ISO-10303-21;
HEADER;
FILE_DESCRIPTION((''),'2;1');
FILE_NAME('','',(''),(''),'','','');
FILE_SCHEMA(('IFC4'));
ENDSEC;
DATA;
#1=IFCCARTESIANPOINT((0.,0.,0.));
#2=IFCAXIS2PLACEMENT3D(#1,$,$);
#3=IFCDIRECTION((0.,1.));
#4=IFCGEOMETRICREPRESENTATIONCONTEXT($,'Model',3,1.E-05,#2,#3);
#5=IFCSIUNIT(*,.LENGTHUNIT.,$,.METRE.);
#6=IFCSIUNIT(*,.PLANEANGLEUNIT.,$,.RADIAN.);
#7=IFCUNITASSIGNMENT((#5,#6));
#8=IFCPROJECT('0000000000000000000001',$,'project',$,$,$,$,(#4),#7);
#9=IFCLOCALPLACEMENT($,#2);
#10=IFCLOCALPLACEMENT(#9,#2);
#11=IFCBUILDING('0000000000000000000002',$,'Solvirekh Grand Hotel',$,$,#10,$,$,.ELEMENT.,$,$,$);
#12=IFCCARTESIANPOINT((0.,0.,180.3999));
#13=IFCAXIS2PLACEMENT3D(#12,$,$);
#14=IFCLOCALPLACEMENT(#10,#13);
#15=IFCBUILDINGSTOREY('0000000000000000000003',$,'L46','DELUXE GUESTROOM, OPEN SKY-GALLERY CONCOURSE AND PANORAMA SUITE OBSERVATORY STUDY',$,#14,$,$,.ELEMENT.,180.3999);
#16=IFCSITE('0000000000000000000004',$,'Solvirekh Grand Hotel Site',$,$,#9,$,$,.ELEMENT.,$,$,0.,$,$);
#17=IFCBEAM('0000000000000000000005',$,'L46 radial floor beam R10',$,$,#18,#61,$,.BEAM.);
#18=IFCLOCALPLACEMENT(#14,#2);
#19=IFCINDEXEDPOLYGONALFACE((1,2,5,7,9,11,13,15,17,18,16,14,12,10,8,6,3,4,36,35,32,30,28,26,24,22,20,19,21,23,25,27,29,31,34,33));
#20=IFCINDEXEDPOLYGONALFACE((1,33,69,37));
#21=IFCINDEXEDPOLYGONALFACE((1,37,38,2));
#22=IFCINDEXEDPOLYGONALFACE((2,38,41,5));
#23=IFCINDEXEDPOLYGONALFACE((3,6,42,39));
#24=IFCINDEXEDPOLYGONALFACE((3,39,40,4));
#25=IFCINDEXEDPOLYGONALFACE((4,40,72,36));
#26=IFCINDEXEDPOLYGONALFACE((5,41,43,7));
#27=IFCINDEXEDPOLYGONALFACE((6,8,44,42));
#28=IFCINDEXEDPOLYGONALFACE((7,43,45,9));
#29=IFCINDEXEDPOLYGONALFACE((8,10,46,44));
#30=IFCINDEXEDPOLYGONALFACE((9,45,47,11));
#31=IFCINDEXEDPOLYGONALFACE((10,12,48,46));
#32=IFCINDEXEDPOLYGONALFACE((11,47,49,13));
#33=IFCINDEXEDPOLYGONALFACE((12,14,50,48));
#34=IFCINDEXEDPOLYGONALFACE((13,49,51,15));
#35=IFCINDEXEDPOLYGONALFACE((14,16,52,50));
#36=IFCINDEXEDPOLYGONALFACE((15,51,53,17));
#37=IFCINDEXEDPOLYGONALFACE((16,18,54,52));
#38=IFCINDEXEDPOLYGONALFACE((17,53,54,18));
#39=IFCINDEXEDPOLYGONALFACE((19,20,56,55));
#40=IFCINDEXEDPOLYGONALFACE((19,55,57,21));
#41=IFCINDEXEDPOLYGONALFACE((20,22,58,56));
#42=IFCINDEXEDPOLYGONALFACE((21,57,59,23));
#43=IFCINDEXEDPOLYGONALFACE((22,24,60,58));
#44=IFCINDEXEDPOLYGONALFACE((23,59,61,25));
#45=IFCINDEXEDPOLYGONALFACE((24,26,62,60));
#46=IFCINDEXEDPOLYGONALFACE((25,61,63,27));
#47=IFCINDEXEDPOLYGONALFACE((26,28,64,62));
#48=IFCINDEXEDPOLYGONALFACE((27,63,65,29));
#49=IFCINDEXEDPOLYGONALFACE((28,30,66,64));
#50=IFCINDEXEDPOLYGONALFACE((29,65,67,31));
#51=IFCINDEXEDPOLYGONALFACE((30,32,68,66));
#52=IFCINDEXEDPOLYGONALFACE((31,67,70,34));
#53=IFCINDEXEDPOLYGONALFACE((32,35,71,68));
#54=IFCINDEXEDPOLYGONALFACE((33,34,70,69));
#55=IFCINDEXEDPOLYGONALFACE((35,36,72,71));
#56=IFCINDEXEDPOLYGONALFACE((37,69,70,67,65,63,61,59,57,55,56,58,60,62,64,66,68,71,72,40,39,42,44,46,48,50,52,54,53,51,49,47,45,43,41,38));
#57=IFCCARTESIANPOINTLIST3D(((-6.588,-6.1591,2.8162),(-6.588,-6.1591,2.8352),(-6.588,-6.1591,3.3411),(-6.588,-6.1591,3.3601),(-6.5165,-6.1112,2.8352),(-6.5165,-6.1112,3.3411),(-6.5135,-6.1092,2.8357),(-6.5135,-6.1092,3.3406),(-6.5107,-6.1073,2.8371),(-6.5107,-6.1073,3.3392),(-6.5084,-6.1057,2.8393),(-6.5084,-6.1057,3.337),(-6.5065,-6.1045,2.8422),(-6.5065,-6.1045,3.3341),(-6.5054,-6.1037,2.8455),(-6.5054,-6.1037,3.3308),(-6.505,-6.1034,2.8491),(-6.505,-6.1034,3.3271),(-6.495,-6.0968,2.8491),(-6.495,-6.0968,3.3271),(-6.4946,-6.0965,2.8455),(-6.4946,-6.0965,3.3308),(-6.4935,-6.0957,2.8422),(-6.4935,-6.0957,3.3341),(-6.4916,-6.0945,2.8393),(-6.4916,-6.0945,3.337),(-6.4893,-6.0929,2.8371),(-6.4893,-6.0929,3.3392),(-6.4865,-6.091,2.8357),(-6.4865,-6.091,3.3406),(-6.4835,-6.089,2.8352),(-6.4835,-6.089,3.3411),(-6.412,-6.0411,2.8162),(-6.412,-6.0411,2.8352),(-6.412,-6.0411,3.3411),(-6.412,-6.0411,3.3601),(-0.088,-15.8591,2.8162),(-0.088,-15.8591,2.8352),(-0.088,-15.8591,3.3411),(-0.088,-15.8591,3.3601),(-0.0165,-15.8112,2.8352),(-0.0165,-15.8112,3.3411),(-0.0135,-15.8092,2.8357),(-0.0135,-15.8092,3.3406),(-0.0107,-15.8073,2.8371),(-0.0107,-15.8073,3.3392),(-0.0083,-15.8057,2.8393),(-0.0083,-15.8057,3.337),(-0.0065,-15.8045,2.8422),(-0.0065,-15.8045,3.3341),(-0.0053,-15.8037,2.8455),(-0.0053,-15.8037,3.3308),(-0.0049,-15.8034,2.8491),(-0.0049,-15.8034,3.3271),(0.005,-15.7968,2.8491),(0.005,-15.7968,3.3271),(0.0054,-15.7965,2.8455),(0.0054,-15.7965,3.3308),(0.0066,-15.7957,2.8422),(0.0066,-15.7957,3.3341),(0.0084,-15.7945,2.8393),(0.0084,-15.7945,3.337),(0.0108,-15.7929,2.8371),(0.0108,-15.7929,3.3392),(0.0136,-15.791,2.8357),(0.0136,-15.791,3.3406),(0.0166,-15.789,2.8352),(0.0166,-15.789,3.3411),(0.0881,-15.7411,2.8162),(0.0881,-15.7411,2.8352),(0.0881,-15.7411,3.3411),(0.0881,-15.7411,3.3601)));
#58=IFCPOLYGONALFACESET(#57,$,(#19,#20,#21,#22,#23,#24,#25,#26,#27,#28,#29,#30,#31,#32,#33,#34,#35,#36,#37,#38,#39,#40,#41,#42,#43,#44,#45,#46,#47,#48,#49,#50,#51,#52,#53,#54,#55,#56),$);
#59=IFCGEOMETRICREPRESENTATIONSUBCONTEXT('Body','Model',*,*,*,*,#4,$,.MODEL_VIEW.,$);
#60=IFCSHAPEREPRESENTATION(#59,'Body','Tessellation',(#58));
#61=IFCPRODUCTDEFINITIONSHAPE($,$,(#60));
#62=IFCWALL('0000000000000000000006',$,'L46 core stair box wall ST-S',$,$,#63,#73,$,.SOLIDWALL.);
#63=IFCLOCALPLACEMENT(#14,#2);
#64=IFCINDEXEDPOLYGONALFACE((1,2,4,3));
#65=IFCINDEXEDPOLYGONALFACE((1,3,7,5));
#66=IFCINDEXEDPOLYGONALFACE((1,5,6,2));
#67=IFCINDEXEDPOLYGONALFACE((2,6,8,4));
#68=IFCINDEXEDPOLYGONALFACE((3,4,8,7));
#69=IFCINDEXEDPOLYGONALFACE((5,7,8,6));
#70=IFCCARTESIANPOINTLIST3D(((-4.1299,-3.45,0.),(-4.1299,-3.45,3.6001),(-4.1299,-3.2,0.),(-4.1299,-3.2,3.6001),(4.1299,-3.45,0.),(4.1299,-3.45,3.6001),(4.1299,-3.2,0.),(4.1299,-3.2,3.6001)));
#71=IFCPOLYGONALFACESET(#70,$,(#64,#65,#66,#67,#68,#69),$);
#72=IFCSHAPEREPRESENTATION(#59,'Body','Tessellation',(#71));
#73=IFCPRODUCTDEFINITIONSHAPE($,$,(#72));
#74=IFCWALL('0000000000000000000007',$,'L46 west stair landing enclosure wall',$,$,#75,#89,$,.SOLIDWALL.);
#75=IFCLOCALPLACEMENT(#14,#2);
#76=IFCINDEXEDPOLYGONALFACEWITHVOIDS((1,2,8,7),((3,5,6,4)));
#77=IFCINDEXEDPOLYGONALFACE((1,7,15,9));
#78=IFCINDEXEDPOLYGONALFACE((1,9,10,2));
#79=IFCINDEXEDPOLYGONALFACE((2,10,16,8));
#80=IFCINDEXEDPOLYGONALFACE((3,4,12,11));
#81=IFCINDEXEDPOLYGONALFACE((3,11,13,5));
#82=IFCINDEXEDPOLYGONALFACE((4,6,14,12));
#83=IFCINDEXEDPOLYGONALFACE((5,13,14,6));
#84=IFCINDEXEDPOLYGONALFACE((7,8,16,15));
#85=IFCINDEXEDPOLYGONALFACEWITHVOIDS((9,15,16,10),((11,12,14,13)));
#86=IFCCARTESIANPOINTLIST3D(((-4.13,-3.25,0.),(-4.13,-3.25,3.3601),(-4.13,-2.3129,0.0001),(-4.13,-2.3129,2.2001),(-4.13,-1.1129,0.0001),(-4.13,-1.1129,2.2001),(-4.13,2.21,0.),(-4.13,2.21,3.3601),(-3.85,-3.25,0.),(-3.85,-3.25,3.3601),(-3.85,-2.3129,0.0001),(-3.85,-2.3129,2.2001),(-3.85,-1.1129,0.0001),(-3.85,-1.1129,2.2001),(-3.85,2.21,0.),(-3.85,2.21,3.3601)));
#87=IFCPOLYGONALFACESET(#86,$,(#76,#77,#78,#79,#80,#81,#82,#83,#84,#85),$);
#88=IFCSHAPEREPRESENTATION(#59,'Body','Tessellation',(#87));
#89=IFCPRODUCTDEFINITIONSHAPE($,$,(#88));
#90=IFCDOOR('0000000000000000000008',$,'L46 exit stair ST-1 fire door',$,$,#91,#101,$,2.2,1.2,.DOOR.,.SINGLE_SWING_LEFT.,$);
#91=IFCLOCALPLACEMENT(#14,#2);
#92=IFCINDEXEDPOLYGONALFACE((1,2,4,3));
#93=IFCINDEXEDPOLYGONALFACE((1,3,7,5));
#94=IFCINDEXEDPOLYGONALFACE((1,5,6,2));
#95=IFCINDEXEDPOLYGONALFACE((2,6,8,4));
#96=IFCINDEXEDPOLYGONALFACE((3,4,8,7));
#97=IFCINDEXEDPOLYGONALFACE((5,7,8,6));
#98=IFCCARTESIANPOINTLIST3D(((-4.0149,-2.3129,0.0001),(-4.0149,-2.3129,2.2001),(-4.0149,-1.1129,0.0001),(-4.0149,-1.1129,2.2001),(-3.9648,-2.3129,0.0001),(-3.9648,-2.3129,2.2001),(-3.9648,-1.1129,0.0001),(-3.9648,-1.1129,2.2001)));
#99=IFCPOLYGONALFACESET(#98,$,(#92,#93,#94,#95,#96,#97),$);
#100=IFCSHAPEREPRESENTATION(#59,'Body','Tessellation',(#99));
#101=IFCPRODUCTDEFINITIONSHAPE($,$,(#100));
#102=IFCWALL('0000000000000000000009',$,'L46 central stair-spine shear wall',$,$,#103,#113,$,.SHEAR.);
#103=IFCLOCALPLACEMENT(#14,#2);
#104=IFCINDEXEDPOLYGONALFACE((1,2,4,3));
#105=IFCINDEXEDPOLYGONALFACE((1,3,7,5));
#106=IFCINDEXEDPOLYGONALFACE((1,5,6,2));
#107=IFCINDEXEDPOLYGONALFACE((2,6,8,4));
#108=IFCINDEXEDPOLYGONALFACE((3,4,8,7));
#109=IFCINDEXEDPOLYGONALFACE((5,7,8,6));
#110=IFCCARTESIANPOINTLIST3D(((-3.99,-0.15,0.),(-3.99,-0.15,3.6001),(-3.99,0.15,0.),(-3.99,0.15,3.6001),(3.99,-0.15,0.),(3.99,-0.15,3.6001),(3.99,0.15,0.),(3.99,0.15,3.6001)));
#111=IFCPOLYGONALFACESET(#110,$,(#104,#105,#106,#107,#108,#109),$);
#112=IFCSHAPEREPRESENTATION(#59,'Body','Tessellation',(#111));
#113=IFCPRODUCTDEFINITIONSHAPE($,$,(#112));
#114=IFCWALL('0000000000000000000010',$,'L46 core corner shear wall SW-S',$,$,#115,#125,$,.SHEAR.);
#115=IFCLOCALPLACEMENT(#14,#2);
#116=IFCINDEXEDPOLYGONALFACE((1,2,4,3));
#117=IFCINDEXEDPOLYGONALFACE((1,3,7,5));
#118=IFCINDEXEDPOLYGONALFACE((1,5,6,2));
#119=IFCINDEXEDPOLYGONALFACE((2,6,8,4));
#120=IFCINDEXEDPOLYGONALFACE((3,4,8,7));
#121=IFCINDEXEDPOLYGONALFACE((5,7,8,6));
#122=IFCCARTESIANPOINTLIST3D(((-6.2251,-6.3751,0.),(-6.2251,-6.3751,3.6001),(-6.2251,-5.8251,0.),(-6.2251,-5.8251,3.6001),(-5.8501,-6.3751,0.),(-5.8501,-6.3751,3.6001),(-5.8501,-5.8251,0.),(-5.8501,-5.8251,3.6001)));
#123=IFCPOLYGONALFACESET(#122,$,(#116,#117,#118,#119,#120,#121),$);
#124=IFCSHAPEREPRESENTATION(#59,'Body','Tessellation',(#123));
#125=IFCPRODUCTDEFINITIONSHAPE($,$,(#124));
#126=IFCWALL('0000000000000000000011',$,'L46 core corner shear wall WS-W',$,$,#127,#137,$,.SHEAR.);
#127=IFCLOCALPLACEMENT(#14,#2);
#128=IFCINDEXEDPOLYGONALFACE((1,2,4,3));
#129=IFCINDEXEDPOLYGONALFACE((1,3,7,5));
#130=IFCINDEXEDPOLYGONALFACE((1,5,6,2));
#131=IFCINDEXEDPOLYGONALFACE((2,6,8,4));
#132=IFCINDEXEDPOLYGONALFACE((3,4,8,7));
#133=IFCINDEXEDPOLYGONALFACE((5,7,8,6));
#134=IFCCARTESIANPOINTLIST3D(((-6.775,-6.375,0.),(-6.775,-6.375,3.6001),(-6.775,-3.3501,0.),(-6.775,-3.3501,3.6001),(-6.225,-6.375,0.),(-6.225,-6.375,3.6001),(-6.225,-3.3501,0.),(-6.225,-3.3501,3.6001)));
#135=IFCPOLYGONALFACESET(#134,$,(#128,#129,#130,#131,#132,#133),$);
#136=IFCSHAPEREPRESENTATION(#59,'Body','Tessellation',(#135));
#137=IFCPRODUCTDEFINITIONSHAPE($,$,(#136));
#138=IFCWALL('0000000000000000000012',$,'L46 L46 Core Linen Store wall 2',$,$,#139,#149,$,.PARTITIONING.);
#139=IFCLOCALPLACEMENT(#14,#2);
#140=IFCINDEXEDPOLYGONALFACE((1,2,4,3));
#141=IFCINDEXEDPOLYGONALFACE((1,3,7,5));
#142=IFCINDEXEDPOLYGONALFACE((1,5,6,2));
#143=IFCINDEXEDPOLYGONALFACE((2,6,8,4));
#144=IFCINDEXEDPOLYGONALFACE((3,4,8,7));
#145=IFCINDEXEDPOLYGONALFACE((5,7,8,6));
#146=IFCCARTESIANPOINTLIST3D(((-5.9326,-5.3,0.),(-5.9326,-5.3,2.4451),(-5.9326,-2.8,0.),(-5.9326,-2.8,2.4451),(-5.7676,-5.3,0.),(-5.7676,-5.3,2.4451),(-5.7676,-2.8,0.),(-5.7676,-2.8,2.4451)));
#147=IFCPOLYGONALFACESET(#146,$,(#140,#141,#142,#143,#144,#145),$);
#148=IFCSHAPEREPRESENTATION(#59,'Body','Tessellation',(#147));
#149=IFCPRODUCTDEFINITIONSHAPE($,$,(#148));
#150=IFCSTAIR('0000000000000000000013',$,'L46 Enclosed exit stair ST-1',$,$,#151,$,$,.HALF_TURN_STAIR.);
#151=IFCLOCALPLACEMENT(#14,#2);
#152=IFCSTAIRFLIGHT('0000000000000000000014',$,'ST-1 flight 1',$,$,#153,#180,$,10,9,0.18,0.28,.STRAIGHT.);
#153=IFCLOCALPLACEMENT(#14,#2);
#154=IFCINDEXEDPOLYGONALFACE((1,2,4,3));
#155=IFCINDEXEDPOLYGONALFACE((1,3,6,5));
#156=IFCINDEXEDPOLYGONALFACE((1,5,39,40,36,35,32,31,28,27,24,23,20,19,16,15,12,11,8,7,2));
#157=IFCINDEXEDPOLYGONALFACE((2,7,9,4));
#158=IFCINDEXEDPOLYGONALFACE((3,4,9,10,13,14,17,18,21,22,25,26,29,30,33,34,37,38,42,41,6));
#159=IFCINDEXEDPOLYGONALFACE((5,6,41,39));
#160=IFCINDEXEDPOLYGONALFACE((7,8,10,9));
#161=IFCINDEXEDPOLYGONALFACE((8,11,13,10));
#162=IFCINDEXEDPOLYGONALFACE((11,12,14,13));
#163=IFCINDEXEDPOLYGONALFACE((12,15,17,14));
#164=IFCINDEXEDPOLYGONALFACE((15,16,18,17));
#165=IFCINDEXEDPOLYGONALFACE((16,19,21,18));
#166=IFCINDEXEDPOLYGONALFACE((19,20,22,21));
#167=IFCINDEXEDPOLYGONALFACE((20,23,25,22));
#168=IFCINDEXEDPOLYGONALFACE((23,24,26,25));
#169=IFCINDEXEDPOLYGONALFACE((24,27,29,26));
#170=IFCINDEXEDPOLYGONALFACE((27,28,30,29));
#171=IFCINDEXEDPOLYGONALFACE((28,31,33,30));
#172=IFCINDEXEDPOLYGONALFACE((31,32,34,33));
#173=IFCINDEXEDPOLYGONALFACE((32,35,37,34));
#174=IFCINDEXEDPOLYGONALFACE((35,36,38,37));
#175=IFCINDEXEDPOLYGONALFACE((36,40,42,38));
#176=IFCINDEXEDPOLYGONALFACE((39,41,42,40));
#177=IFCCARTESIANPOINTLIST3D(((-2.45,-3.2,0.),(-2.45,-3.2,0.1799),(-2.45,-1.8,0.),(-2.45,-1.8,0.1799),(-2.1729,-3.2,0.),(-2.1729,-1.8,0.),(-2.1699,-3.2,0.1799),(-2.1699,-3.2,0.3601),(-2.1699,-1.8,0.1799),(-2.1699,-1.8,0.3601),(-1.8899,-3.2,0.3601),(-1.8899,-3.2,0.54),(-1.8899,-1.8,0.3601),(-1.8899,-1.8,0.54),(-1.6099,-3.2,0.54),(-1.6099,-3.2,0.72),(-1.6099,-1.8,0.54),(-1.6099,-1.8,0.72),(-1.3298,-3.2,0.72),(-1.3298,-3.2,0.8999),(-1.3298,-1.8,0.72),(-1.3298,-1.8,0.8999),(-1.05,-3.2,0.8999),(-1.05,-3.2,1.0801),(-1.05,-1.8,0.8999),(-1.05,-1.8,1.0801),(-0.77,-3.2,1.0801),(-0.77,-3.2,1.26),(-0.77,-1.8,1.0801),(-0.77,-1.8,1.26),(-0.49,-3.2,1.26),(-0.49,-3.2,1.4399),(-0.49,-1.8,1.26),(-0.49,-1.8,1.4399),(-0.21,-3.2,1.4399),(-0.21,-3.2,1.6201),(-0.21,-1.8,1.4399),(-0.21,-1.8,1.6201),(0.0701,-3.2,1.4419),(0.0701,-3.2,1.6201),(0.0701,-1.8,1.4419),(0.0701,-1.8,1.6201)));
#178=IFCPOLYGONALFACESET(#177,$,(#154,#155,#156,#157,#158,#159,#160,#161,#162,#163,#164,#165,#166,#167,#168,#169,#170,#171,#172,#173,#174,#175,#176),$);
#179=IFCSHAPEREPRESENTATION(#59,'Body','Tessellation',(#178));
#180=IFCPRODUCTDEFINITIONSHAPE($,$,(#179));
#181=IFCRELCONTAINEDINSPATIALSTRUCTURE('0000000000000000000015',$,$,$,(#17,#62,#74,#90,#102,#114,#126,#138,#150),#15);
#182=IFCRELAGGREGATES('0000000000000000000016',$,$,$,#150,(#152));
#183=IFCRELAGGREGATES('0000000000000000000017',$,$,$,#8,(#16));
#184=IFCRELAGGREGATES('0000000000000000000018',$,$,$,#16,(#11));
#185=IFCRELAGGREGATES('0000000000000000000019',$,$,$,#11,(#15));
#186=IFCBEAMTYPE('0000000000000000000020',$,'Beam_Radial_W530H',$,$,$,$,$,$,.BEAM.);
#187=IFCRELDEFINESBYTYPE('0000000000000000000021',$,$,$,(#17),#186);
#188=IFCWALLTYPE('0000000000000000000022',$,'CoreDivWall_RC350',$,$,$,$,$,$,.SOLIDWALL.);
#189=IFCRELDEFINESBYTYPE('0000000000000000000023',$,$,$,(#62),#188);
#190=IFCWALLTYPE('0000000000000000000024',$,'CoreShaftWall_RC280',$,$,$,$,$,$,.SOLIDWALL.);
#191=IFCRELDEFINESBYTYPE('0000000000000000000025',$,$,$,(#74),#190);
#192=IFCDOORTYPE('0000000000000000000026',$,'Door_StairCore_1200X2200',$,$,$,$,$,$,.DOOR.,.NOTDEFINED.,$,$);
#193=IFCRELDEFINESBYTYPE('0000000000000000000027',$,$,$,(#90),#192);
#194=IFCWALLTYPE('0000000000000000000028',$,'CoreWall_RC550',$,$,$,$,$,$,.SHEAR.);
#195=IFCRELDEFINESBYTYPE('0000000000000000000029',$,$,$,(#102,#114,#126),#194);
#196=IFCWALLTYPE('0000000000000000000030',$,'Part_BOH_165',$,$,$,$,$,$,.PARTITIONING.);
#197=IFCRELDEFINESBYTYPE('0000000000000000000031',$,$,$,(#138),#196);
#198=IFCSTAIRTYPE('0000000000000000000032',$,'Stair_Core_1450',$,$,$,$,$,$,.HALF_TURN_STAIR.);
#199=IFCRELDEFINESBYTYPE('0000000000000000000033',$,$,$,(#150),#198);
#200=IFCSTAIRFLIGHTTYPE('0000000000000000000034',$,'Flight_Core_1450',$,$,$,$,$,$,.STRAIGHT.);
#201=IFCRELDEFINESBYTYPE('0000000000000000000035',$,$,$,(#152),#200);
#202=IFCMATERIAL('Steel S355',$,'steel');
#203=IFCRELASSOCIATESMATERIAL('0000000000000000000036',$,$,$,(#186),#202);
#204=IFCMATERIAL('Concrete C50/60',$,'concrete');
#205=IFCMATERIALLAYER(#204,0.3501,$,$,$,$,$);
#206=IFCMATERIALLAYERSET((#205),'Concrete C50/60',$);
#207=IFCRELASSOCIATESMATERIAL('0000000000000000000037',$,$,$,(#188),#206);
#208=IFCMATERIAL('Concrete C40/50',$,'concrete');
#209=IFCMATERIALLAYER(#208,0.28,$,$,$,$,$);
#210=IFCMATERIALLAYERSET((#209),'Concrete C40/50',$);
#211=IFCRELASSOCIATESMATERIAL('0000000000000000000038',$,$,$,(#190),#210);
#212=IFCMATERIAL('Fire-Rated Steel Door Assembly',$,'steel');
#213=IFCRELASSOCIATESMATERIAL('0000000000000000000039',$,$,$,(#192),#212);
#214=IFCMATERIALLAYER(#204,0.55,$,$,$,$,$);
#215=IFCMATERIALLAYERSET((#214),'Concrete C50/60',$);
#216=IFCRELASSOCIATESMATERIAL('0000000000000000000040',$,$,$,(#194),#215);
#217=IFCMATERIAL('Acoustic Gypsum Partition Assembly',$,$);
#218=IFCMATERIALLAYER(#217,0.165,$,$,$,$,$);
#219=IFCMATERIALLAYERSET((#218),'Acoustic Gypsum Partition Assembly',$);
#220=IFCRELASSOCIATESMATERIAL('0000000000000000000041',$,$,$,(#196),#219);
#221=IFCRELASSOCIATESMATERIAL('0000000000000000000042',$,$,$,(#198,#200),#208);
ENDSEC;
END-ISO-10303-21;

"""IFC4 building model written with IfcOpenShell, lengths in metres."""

from ifc_helpers import new_model, si_unit, direction, frame, frame_2d, origin, origin_2d, place, context, subcontext, project, spatial, polyline, rectangle, i_section, outline, extrude, material, layer, layer_set, material_profile, profile_set, type_object, element, fill, aggregate, save


model = new_model("IFC4")

# Units and contexts
model_context = context("Model", 3, precision=1e-05, world=origin(), true_north=direction((0.0, 1.0)))
body_context = subcontext(model_context, "Body", "Model", "MODEL_VIEW")
ifc_project = project(units=[si_unit("LENGTHUNIT", "METRE"), si_unit("PLANEANGLEUNIT", "RADIAN")], contexts=[model_context])

# Site, building, storey
site_placement = place(None, origin())
site = spatial("IfcSite", under=ifc_project, at=site_placement, Name="Solvirekh Grand Hotel Site", CompositionType="ELEMENT", RefElevation=0.0)
building_placement = place(site_placement, origin())
building = spatial("IfcBuilding", under=site, at=building_placement, Name="Solvirekh Grand Hotel", CompositionType="ELEMENT")
storey_placement = place(building_placement, frame((0.0, 0.0, 180.3999)))
storey = spatial("IfcBuildingStorey", under=building, at=storey_placement, Name="L46", Description="DELUXE GUESTROOM, OPEN SKY-GALLERY CONCOURSE AND PANORAMA SUITE OBSERVATORY STUDY", CompositionType="ELEMENT", Elevation=180.3999)

# Shared definitions
ifc_material_1 = material(Name="Concrete C50/60", Category="concrete")

# Beam
ifc_material_2 = material(Name="Steel S355", Category="steel")
ifc_material_profile_1 = material_profile(ifc_material_2, i_section(OverallWidth=0.2119, OverallDepth=0.5439, WebThickness=0.012, FlangeThickness=0.019, FilletRadius=0.0139, at=origin_2d()), Name="W530X123")
ifc_profile_set_1 = profile_set([ifc_material_profile_1], Name="Steel S355")
beam_type_1 = type_object("IfcBeamType", Name="Beam_Radial_W530H", PredefinedType="BEAM", material=ifc_profile_set_1)
beam_1_placement = place(storey_placement, frame((-6.5, -6.1001, 3.0881), z_axis=(0.556677, -0.830729, 0.0), x_axis=(0.830729, 0.556677, 0.0)))
element("IfcBeam", 1, at=beam_1_placement, inside=storey, type_object=beam_type_1, Name="L46 radial floor beam R10", PredefinedType="BEAM", context=body_context, shape_type="SweptSolid", body=[
    extrude(i_section(OverallWidth=0.2119, OverallDepth=0.5439, WebThickness=0.012, FlangeThickness=0.019, FilletRadius=0.0139, at=origin_2d()), origin(), (0.0, 0.0, 1.0), 11.6765),
])

# Wall
ifc_layer_1 = layer(ifc_material_1, 0.3501)
ifc_layer_set_1 = layer_set([ifc_layer_1], Name="Concrete C50/60")
wall_type_1 = type_object("IfcWallType", Name="CoreDivWall_RC350", PredefinedType="SOLIDWALL", material=ifc_layer_set_1)
wall_1_placement = place(storey_placement, frame((-4.1299, -3.325, 0.0), z_axis=(0.0, 0.0, 1.0), x_axis=(1.0, 0.0, 0.0)))
element("IfcWall", 2, at=wall_1_placement, inside=storey, type_object=wall_type_1, Name="L46 core stair box wall ST-S", PredefinedType="SOLIDWALL", context=body_context, shape_type="SweptSolid", body=[
    extrude(rectangle(XDim=8.2598, YDim=0.25, at=frame_2d((4.1299, 0.0))), origin(), (0.0, 0.0, 1.0), 3.6001),
])

# Wall, opening, door
ifc_material_3 = material(Name="Concrete C40/50", Category="concrete")
ifc_layer_2 = layer(ifc_material_3, 0.28)
ifc_layer_set_2 = layer_set([ifc_layer_2], Name="Concrete C40/50")
wall_type_2 = type_object("IfcWallType", Name="CoreShaftWall_RC280", PredefinedType="SOLIDWALL", material=ifc_layer_set_2)
wall_2_placement = place(storey_placement, frame((-3.99, -3.25, 0.0), z_axis=(0.0, 0.0, 1.0), x_axis=(0.0, 1.0, 0.0)))
wall_2 = element("IfcWall", 3, at=wall_2_placement, inside=storey, type_object=wall_type_2, Name="L46 west stair landing enclosure wall", PredefinedType="SOLIDWALL", context=body_context, shape_type="SweptSolid", body=[
    extrude(rectangle(XDim=5.46, YDim=0.28, at=frame_2d((2.73, 0.0))), origin(), (0.0, 0.0, 1.0), 3.3601),
])
opening_placement = place(wall_2_placement, frame((0.937, 0.0, 0.0)))
opening = element("IfcOpeningElement", 4, at=opening_placement, cuts=wall_2, PredefinedType="OPENING", context=body_context, shape_type="SweptSolid", body=[
    extrude(rectangle(XDim=1.2, YDim=2.2, at=frame_2d((0.6001, 1.1001))), frame((0.0, 0.1499, 0.0), z_axis=(0.0, -1.0, 0.0), x_axis=(1.0, 0.0, 0.0)), (0.0, 0.0, 1.0), 0.3),
])
ifc_material_4 = material(Name="Fire-Rated Steel Door Assembly", Category="steel")
door_type = type_object("IfcDoorType", Name="Door_StairCore_1200X2200", OperationType="NOTDEFINED", PredefinedType="DOOR", material=ifc_material_4)
door_placement = place(opening_placement, origin())
door = element("IfcDoor", 5, at=door_placement, inside=storey, type_object=door_type, Name="L46 exit stair ST-1 fire door", OperationType="SINGLE_SWING_LEFT", OverallHeight=2.2, OverallWidth=1.2, PredefinedType="DOOR", context=body_context, shape_type="SweptSolid", body=[
    extrude(rectangle(XDim=1.2, YDim=2.2, at=frame_2d((0.6001, 1.1001))), frame((0.0, 0.0249, 0.0), z_axis=(0.0, -1.0, 0.0), x_axis=(1.0, 0.0, 0.0)), (0.0, 0.0, 1.0), 0.05),
])
fill(opening, door)

# Walls
ifc_layer_3 = layer(ifc_material_1, 0.55)
ifc_layer_set_3 = layer_set([ifc_layer_3], Name="Concrete C50/60")
wall_type_3 = type_object("IfcWallType", Name="CoreWall_RC550", PredefinedType="SHEAR", material=ifc_layer_set_3)
wall_3_placement = place(storey_placement, frame((-3.99, 0.0, 0.0), z_axis=(0.0, 0.0, 1.0), x_axis=(1.0, 0.0, 0.0)))
element("IfcWall", 6, at=wall_3_placement, inside=storey, type_object=wall_type_3, Name="L46 central stair-spine shear wall", PredefinedType="SHEAR", context=body_context, shape_type="SweptSolid", body=[
    extrude(rectangle(XDim=7.98, YDim=0.3, at=frame_2d((3.99, 0.0))), origin(), (0.0, 0.0, 1.0), 3.6001),
])
wall_4_placement = place(storey_placement, frame((-6.2251, -6.1001, 0.0), z_axis=(0.0, 0.0, 1.0), x_axis=(1.0, 0.0, 0.0)))
element("IfcWall", 7, at=wall_4_placement, inside=storey, type_object=wall_type_3, Name="L46 core corner shear wall SW-S", PredefinedType="SHEAR", context=body_context, shape_type="SweptSolid", body=[
    extrude(rectangle(XDim=0.375, YDim=0.55, at=frame_2d((0.1875, 0.0))), origin(), (0.0, 0.0, 1.0), 3.6001),
])
wall_5_placement = place(storey_placement, frame((-6.5, -6.375, 0.0), z_axis=(0.0, 0.0, 1.0), x_axis=(0.0, 1.0, 0.0)))
element("IfcWall", 8, at=wall_5_placement, inside=storey, type_object=wall_type_3, Name="L46 core corner shear wall WS-W", PredefinedType="SHEAR", context=body_context, shape_type="SweptSolid", body=[
    extrude(rectangle(XDim=3.0249, YDim=0.55, at=frame_2d((1.5125, 0.0))), origin(), (0.0, 0.0, 1.0), 3.6001),
])
ifc_material_5 = material(Name="Acoustic Gypsum Partition Assembly")
ifc_layer_4 = layer(ifc_material_5, 0.165)
ifc_layer_set_4 = layer_set([ifc_layer_4], Name="Acoustic Gypsum Partition Assembly")
wall_type_4 = type_object("IfcWallType", Name="Part_BOH_165", PredefinedType="PARTITIONING", material=ifc_layer_set_4)
wall_6_placement = place(storey_placement, frame((-5.8501, -5.3, 0.0), z_axis=(0.0, 0.0, 1.0), x_axis=(0.0, 1.0, 0.0)))
element("IfcWall", 9, at=wall_6_placement, inside=storey, type_object=wall_type_4, Name="L46 L46 Core Linen Store wall 2", PredefinedType="PARTITIONING", context=body_context, shape_type="SweptSolid", body=[
    extrude(rectangle(XDim=2.5, YDim=0.165, at=frame_2d((1.25, 0.0))), origin(), (0.0, 0.0, 1.0), 2.4451),
])

# Stair, stair flight
stair_type = type_object("IfcStairType", Name="Stair_Core_1450", PredefinedType="HALF_TURN_STAIR", material=ifc_material_3)
stair_placement = place(storey_placement, origin())
stair = element("IfcStair", 10, at=stair_placement, inside=storey, type_object=stair_type, Name="L46 Enclosed exit stair ST-1", PredefinedType="HALF_TURN_STAIR")
stair_flight_type = type_object("IfcStairFlightType", Name="Flight_Core_1450", PredefinedType="STRAIGHT", material=ifc_material_3)
stair_flight_placement = place(storey_placement, frame((-2.45, -2.5, 0.0), z_axis=(0.0, 0.0, 1.0), x_axis=(1.0, 0.0, 0.0)))
stair_flight = element("IfcStairFlight", 11, at=stair_flight_placement, type_object=stair_flight_type, Name="ST-1 flight 1", NumberOfRisers=10, NumberOfTreads=9, PredefinedType="STRAIGHT", RiserHeight=0.18, TreadLength=0.28, context=body_context, shape_type="SweptSolid", body=[
    extrude(outline(polyline([(0.0, 0.0), (0.0, 0.1799), (0.28, 0.1799), (0.28, 0.3601), (0.5601, 0.3601), (0.5601, 0.54), (0.8401, 0.54), (0.8401, 0.72), (1.1201, 0.72), (1.1201, 0.8999), (1.3999, 0.8999), (1.3999, 1.0801), (1.6799, 1.0801), (1.6799, 1.26), (1.96, 1.26), (1.96, 1.4399), (2.24, 1.4399), (2.24, 1.6201), (2.52, 1.6201), (2.52, 1.8), (2.52, 1.4419), (0.2771, 0.0), (0.0, 0.0)])), frame((0.0, 0.7, 0.0), z_axis=(0.0, -1.0, 0.0), x_axis=(1.0, 0.0, 0.0)), (0.0, 0.0, 1.0), 1.3999),
])
aggregate(stair, [stair_flight])

save(model, "model.ifc")
